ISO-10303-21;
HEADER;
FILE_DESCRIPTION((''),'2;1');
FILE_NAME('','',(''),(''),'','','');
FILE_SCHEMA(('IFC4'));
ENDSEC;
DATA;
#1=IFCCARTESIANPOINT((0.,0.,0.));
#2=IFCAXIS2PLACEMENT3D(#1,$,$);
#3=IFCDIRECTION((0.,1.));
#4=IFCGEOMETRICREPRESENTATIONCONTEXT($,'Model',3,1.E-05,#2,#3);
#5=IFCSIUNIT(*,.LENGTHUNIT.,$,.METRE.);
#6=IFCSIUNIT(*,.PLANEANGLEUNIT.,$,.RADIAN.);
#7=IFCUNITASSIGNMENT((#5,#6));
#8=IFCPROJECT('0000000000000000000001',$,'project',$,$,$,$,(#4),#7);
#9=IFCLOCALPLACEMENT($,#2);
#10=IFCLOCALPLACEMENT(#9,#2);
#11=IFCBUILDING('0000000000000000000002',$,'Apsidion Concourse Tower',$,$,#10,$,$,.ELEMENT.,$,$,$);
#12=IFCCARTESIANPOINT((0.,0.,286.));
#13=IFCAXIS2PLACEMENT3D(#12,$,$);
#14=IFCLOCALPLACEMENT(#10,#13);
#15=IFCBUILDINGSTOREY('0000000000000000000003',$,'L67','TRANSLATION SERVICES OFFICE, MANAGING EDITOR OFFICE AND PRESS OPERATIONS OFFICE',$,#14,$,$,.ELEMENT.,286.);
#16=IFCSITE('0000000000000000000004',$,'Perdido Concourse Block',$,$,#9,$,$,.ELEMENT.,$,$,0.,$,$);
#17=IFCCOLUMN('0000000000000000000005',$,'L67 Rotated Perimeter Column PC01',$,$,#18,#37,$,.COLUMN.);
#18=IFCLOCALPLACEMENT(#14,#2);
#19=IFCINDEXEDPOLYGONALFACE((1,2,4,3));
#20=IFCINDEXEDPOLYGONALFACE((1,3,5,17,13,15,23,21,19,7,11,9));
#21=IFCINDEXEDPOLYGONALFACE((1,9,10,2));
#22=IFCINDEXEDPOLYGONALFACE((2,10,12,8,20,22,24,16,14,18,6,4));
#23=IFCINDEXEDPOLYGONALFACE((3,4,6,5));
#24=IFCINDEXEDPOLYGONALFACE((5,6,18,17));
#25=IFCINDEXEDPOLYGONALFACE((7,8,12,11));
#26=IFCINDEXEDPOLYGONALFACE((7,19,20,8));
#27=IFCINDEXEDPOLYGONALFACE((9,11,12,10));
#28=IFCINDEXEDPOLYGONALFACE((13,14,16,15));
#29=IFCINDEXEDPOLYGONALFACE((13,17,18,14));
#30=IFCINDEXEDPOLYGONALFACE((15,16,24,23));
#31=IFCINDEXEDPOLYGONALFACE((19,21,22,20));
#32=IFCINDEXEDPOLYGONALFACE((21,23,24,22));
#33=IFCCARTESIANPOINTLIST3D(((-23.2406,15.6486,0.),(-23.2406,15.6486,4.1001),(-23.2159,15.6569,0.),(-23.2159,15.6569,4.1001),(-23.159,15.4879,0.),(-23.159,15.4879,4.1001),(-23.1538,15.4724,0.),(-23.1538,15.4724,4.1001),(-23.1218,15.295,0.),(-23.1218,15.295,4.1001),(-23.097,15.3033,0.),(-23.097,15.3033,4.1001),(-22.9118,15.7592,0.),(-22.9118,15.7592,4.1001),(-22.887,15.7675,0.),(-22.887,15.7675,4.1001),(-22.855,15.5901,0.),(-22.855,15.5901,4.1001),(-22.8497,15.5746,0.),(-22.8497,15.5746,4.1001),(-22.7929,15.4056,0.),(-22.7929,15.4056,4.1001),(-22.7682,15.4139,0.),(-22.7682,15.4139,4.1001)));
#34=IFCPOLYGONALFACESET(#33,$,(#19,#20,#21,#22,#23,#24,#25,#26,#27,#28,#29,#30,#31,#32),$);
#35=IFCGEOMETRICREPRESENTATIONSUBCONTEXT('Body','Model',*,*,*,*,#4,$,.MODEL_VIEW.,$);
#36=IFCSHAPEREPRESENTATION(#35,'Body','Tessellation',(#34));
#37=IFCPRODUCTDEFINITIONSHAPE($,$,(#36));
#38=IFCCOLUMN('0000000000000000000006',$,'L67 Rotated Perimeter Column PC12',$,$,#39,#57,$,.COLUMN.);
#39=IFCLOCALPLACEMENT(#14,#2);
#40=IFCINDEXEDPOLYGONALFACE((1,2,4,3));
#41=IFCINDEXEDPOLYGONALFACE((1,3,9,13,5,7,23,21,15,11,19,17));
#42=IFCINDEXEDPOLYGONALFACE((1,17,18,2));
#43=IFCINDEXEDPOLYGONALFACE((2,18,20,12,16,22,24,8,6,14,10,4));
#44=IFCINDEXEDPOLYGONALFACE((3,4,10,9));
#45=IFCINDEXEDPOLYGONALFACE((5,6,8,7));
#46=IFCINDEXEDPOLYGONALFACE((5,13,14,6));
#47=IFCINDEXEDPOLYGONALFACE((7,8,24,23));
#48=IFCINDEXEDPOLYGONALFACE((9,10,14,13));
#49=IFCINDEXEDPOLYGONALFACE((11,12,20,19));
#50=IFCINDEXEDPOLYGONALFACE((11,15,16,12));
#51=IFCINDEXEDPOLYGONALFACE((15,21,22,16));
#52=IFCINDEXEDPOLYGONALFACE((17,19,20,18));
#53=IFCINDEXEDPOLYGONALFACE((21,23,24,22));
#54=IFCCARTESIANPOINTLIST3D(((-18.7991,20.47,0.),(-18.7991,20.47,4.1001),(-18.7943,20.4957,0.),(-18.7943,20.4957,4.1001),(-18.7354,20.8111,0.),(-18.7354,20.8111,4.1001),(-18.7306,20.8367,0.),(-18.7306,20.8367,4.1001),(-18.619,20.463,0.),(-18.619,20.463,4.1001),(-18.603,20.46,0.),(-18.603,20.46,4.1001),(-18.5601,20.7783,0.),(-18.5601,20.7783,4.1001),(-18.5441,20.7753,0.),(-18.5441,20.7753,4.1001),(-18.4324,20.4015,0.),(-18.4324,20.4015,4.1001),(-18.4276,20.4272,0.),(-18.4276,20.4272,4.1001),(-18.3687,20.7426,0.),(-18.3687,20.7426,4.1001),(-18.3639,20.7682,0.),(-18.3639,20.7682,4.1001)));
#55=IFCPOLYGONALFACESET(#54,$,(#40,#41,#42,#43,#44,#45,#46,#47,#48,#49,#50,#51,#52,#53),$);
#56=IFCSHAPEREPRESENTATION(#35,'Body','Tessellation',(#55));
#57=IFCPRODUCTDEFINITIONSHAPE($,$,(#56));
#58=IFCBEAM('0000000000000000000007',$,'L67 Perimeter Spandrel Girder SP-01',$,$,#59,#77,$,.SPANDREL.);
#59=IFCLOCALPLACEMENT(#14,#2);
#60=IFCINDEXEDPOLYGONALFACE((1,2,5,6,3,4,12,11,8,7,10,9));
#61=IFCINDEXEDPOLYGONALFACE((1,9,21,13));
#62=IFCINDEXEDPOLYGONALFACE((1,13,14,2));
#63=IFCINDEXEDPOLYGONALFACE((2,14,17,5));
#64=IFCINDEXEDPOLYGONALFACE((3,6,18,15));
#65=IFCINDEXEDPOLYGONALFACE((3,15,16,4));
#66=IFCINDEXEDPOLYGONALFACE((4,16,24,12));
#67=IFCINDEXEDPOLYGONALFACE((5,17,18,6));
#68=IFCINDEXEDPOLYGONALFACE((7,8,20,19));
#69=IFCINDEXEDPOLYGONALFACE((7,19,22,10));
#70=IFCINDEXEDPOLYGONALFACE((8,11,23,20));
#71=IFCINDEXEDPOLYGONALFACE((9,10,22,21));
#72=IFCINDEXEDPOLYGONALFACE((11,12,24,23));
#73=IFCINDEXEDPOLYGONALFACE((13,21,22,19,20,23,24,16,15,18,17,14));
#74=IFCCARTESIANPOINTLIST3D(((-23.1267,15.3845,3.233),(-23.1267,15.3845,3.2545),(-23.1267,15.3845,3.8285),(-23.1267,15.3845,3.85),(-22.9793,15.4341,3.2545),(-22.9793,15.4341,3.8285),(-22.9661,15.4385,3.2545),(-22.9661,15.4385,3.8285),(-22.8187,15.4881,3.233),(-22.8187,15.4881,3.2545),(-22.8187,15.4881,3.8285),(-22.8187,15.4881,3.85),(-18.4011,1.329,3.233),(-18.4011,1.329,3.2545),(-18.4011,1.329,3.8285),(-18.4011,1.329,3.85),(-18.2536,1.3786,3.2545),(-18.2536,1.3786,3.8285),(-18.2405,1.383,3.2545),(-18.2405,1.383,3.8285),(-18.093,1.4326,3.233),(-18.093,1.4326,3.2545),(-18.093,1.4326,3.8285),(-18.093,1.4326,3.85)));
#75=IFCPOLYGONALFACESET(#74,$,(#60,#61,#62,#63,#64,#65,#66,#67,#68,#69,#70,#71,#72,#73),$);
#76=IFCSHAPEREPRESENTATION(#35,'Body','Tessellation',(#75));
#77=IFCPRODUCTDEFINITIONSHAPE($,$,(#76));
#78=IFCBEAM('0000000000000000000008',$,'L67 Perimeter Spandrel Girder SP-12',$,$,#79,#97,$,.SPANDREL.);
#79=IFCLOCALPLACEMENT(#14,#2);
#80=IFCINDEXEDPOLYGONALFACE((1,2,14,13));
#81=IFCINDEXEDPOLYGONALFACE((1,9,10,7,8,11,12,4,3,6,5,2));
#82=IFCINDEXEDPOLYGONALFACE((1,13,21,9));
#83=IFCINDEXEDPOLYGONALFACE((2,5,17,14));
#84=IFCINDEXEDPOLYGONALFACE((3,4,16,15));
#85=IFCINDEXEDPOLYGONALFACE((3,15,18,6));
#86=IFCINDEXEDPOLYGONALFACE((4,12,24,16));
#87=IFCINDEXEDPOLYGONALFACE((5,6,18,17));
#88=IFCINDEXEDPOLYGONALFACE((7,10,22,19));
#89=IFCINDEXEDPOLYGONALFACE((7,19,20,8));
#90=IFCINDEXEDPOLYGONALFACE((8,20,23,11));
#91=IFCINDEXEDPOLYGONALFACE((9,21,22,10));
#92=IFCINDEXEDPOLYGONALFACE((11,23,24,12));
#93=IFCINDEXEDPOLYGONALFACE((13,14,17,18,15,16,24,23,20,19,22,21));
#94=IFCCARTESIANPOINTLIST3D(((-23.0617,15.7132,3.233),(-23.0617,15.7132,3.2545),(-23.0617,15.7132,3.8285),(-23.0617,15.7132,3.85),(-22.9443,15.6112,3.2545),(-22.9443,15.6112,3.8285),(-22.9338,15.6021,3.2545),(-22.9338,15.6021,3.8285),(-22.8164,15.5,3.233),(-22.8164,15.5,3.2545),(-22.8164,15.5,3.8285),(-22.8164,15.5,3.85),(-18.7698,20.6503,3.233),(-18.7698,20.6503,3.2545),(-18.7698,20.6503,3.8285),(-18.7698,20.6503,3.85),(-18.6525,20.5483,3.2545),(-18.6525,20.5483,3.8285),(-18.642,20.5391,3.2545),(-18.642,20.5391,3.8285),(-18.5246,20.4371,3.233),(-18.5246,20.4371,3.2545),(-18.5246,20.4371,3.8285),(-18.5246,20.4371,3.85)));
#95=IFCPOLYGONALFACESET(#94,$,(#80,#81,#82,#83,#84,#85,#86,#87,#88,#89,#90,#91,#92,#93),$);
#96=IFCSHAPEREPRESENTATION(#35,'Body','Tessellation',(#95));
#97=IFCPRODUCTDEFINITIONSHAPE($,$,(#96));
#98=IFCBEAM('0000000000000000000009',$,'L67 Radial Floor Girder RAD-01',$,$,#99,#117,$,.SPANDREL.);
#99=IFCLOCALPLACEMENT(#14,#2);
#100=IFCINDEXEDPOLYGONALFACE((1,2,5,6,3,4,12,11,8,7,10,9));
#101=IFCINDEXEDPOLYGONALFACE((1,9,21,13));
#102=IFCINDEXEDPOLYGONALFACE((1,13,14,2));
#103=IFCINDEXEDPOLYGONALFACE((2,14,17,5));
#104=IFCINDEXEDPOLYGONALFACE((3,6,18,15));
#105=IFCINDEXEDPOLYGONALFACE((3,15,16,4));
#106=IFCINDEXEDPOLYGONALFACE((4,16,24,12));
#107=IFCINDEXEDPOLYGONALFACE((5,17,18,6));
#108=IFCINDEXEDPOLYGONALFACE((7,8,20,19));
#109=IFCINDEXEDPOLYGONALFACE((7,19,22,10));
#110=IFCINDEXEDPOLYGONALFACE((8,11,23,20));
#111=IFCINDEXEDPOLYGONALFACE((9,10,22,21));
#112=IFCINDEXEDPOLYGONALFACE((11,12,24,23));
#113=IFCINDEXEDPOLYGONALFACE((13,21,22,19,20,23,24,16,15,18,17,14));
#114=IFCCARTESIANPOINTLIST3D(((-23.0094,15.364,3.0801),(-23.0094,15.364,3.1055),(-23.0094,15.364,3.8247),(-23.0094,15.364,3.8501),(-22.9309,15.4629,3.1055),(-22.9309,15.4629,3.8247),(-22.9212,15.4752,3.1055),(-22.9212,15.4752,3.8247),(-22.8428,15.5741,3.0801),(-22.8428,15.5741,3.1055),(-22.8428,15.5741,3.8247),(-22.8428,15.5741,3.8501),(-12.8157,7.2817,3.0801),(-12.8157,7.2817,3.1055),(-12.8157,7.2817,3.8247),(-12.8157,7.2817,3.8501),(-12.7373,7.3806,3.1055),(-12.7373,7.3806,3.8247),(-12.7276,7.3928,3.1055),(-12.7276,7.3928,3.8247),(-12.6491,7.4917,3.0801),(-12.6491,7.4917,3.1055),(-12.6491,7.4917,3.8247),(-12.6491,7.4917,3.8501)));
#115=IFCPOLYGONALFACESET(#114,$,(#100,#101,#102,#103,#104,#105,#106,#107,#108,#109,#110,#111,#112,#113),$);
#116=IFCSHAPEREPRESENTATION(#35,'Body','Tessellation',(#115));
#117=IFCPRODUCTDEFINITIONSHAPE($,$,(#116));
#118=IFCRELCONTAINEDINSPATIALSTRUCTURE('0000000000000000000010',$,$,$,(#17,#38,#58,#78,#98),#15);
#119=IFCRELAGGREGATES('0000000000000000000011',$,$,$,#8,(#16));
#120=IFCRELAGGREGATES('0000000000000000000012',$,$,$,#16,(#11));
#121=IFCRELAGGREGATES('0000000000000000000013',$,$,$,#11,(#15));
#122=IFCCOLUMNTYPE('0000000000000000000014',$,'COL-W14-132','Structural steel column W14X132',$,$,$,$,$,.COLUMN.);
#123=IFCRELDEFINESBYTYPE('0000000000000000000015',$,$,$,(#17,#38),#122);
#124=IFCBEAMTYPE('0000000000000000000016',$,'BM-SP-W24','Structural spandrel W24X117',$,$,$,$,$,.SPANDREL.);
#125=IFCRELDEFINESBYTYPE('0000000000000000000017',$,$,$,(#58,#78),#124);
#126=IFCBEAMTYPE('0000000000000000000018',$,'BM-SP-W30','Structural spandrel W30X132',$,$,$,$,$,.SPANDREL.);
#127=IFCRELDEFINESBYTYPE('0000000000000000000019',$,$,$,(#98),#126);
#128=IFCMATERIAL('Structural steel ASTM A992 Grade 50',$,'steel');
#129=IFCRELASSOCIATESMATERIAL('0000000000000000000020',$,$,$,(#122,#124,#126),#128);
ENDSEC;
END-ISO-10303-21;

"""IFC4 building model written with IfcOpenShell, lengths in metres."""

from ifc_helpers import new_model, si_unit, direction, frame, origin, origin_2d, place, context, subcontext, project, spatial, i_section, extrude, material, material_profile, profile_set, type_object, element, save


model = new_model("IFC4")

# Units and contexts
model_context = context("Model", 3, precision=1e-05, world=origin(), true_north=direction((0.0, 1.0)))
body_context = subcontext(model_context, "Body", "Model", "MODEL_VIEW")
ifc_project = project(units=[si_unit("LENGTHUNIT", "METRE"), si_unit("PLANEANGLEUNIT", "RADIAN")], contexts=[model_context])

# Site, building, storey
site_placement = place(None, origin())
site = spatial("IfcSite", under=ifc_project, at=site_placement, Name="Perdido Concourse Block", CompositionType="ELEMENT", RefElevation=0.0)
building_placement = place(site_placement, origin())
building = spatial("IfcBuilding", under=site, at=building_placement, Name="Apsidion Concourse Tower", CompositionType="ELEMENT")
storey_placement = place(building_placement, frame((0.0, 0.0, 286.0)))
storey = spatial("IfcBuildingStorey", under=building, at=storey_placement, Name="L67", Description="TRANSLATION SERVICES OFFICE, MANAGING EDITOR OFFICE AND PRESS OPERATIONS OFFICE", CompositionType="ELEMENT", Elevation=286.0)

# Columns
ifc_material_1 = material(Name="Structural steel ASTM A992 Grade 50", Category="steel")
ifc_material_profile_1 = material_profile(ifc_material_1, i_section(OverallWidth=0.373, OverallDepth=0.373, WebThickness=0.0164, FlangeThickness=0.0261, at=origin_2d()), Name="W14X132")
ifc_profile_set_1 = profile_set([ifc_material_profile_1], Name="Structural steel ASTM A992 Grade 50")
column_type = type_object("IfcColumnType", Name="COL-W14-132", Description="Structural steel column W14X132", PredefinedType="COLUMN", material=ifc_profile_set_1)
for number, where, z_axis, x_axis, name in (
    (1, (-23.0044, 15.5312, 0.0), (0.0, 0.0, 1.0), (-0.318628, 0.94788, 0.0), "L67 Rotated Perimeter Column PC01"),
    (2, (-18.5815, 20.6191, 0.0), (0.0, 0.0, 1.0), (-0.983, 0.183608, 0.0), "L67 Rotated Perimeter Column PC12"),
):
    element("IfcColumn", number, at=place(storey_placement, frame(where, z_axis=z_axis, x_axis=x_axis)), inside=storey, type_object=column_type, Name=name, PredefinedType="COLUMN", context=body_context, shape_type="SweptSolid", body=[
        extrude(i_section(OverallWidth=0.373, OverallDepth=0.373, WebThickness=0.0164, FlangeThickness=0.0261, at=origin_2d()), origin(), (0.0, 0.0, 1.0), 4.1001),
    ])

# Beams
ifc_material_profile_2 = material_profile(ifc_material_1, i_section(OverallWidth=0.325, OverallDepth=0.6169, WebThickness=0.0139, FlangeThickness=0.0215, at=origin_2d()), Name="W24X117")
ifc_profile_set_2 = profile_set([ifc_material_profile_2], Name="Structural steel ASTM A992 Grade 50")
beam_type_1 = type_object("IfcBeamType", Name="BM-SP-W24", Description="Structural spandrel W24X117", PredefinedType="SPANDREL", material=ifc_profile_set_2)
beam_1_placement = place(storey_placement, frame((-22.9727, 15.4363, 3.5415), z_axis=(0.318682, -0.947862, 0.0), x_axis=(0.947862, 0.318682, 0.0)))
element("IfcBeam", 3, at=beam_1_placement, inside=storey, type_object=beam_type_1, Name="L67 Perimeter Spandrel Girder SP-01", PredefinedType="SPANDREL", context=body_context, shape_type="SweptSolid", body=[
    extrude(i_section(OverallWidth=0.325, OverallDepth=0.6169, WebThickness=0.0139, FlangeThickness=0.0215, at=origin_2d()), origin(), (0.0, 0.0, 1.0), 14.8286),
])
beam_2_placement = place(storey_placement, frame((-18.6472, 20.5437, 3.5415), z_axis=(-0.656065, -0.754704, 0.0), x_axis=(0.754704, -0.656065, 0.0)))
element("IfcBeam", 4, at=beam_2_placement, inside=storey, type_object=beam_type_1, Name="L67 Perimeter Spandrel Girder SP-12", PredefinedType="SPANDREL", context=body_context, shape_type="SweptSolid", body=[
    extrude(i_section(OverallWidth=0.325, OverallDepth=0.6169, WebThickness=0.0139, FlangeThickness=0.0215, at=origin_2d()), origin(), (0.0, 0.0, 1.0), 6.5417),
])
ifc_material_profile_3 = material_profile(ifc_material_1, i_section(OverallWidth=0.2681, OverallDepth=0.77, WebThickness=0.0156, FlangeThickness=0.0254, at=origin_2d()), Name="W30X132")
ifc_profile_set_3 = profile_set([ifc_material_profile_3], Name="Structural steel ASTM A992 Grade 50")
beam_type_2 = type_object("IfcBeamType", Name="BM-SP-W30", Description="Structural spandrel W30X132", PredefinedType="SPANDREL", material=ifc_profile_set_3)
beam_3_placement = place(storey_placement, frame((-12.7324, 7.3867, 3.4651), z_axis=(-0.783584, 0.621286, 0.0), x_axis=(-0.621286, -0.783584, 0.0)))
element("IfcBeam", 5, at=beam_3_placement, inside=storey, type_object=beam_type_2, Name="L67 Radial Floor Girder RAD-01", PredefinedType="SPANDREL", context=body_context, shape_type="SweptSolid", body=[
    extrude(i_section(OverallWidth=0.2681, OverallDepth=0.77, WebThickness=0.0156, FlangeThickness=0.0254, at=origin_2d()), origin(), (0.0, 0.0, 1.0), 13.009),
])

save(model, "model.ifc")
